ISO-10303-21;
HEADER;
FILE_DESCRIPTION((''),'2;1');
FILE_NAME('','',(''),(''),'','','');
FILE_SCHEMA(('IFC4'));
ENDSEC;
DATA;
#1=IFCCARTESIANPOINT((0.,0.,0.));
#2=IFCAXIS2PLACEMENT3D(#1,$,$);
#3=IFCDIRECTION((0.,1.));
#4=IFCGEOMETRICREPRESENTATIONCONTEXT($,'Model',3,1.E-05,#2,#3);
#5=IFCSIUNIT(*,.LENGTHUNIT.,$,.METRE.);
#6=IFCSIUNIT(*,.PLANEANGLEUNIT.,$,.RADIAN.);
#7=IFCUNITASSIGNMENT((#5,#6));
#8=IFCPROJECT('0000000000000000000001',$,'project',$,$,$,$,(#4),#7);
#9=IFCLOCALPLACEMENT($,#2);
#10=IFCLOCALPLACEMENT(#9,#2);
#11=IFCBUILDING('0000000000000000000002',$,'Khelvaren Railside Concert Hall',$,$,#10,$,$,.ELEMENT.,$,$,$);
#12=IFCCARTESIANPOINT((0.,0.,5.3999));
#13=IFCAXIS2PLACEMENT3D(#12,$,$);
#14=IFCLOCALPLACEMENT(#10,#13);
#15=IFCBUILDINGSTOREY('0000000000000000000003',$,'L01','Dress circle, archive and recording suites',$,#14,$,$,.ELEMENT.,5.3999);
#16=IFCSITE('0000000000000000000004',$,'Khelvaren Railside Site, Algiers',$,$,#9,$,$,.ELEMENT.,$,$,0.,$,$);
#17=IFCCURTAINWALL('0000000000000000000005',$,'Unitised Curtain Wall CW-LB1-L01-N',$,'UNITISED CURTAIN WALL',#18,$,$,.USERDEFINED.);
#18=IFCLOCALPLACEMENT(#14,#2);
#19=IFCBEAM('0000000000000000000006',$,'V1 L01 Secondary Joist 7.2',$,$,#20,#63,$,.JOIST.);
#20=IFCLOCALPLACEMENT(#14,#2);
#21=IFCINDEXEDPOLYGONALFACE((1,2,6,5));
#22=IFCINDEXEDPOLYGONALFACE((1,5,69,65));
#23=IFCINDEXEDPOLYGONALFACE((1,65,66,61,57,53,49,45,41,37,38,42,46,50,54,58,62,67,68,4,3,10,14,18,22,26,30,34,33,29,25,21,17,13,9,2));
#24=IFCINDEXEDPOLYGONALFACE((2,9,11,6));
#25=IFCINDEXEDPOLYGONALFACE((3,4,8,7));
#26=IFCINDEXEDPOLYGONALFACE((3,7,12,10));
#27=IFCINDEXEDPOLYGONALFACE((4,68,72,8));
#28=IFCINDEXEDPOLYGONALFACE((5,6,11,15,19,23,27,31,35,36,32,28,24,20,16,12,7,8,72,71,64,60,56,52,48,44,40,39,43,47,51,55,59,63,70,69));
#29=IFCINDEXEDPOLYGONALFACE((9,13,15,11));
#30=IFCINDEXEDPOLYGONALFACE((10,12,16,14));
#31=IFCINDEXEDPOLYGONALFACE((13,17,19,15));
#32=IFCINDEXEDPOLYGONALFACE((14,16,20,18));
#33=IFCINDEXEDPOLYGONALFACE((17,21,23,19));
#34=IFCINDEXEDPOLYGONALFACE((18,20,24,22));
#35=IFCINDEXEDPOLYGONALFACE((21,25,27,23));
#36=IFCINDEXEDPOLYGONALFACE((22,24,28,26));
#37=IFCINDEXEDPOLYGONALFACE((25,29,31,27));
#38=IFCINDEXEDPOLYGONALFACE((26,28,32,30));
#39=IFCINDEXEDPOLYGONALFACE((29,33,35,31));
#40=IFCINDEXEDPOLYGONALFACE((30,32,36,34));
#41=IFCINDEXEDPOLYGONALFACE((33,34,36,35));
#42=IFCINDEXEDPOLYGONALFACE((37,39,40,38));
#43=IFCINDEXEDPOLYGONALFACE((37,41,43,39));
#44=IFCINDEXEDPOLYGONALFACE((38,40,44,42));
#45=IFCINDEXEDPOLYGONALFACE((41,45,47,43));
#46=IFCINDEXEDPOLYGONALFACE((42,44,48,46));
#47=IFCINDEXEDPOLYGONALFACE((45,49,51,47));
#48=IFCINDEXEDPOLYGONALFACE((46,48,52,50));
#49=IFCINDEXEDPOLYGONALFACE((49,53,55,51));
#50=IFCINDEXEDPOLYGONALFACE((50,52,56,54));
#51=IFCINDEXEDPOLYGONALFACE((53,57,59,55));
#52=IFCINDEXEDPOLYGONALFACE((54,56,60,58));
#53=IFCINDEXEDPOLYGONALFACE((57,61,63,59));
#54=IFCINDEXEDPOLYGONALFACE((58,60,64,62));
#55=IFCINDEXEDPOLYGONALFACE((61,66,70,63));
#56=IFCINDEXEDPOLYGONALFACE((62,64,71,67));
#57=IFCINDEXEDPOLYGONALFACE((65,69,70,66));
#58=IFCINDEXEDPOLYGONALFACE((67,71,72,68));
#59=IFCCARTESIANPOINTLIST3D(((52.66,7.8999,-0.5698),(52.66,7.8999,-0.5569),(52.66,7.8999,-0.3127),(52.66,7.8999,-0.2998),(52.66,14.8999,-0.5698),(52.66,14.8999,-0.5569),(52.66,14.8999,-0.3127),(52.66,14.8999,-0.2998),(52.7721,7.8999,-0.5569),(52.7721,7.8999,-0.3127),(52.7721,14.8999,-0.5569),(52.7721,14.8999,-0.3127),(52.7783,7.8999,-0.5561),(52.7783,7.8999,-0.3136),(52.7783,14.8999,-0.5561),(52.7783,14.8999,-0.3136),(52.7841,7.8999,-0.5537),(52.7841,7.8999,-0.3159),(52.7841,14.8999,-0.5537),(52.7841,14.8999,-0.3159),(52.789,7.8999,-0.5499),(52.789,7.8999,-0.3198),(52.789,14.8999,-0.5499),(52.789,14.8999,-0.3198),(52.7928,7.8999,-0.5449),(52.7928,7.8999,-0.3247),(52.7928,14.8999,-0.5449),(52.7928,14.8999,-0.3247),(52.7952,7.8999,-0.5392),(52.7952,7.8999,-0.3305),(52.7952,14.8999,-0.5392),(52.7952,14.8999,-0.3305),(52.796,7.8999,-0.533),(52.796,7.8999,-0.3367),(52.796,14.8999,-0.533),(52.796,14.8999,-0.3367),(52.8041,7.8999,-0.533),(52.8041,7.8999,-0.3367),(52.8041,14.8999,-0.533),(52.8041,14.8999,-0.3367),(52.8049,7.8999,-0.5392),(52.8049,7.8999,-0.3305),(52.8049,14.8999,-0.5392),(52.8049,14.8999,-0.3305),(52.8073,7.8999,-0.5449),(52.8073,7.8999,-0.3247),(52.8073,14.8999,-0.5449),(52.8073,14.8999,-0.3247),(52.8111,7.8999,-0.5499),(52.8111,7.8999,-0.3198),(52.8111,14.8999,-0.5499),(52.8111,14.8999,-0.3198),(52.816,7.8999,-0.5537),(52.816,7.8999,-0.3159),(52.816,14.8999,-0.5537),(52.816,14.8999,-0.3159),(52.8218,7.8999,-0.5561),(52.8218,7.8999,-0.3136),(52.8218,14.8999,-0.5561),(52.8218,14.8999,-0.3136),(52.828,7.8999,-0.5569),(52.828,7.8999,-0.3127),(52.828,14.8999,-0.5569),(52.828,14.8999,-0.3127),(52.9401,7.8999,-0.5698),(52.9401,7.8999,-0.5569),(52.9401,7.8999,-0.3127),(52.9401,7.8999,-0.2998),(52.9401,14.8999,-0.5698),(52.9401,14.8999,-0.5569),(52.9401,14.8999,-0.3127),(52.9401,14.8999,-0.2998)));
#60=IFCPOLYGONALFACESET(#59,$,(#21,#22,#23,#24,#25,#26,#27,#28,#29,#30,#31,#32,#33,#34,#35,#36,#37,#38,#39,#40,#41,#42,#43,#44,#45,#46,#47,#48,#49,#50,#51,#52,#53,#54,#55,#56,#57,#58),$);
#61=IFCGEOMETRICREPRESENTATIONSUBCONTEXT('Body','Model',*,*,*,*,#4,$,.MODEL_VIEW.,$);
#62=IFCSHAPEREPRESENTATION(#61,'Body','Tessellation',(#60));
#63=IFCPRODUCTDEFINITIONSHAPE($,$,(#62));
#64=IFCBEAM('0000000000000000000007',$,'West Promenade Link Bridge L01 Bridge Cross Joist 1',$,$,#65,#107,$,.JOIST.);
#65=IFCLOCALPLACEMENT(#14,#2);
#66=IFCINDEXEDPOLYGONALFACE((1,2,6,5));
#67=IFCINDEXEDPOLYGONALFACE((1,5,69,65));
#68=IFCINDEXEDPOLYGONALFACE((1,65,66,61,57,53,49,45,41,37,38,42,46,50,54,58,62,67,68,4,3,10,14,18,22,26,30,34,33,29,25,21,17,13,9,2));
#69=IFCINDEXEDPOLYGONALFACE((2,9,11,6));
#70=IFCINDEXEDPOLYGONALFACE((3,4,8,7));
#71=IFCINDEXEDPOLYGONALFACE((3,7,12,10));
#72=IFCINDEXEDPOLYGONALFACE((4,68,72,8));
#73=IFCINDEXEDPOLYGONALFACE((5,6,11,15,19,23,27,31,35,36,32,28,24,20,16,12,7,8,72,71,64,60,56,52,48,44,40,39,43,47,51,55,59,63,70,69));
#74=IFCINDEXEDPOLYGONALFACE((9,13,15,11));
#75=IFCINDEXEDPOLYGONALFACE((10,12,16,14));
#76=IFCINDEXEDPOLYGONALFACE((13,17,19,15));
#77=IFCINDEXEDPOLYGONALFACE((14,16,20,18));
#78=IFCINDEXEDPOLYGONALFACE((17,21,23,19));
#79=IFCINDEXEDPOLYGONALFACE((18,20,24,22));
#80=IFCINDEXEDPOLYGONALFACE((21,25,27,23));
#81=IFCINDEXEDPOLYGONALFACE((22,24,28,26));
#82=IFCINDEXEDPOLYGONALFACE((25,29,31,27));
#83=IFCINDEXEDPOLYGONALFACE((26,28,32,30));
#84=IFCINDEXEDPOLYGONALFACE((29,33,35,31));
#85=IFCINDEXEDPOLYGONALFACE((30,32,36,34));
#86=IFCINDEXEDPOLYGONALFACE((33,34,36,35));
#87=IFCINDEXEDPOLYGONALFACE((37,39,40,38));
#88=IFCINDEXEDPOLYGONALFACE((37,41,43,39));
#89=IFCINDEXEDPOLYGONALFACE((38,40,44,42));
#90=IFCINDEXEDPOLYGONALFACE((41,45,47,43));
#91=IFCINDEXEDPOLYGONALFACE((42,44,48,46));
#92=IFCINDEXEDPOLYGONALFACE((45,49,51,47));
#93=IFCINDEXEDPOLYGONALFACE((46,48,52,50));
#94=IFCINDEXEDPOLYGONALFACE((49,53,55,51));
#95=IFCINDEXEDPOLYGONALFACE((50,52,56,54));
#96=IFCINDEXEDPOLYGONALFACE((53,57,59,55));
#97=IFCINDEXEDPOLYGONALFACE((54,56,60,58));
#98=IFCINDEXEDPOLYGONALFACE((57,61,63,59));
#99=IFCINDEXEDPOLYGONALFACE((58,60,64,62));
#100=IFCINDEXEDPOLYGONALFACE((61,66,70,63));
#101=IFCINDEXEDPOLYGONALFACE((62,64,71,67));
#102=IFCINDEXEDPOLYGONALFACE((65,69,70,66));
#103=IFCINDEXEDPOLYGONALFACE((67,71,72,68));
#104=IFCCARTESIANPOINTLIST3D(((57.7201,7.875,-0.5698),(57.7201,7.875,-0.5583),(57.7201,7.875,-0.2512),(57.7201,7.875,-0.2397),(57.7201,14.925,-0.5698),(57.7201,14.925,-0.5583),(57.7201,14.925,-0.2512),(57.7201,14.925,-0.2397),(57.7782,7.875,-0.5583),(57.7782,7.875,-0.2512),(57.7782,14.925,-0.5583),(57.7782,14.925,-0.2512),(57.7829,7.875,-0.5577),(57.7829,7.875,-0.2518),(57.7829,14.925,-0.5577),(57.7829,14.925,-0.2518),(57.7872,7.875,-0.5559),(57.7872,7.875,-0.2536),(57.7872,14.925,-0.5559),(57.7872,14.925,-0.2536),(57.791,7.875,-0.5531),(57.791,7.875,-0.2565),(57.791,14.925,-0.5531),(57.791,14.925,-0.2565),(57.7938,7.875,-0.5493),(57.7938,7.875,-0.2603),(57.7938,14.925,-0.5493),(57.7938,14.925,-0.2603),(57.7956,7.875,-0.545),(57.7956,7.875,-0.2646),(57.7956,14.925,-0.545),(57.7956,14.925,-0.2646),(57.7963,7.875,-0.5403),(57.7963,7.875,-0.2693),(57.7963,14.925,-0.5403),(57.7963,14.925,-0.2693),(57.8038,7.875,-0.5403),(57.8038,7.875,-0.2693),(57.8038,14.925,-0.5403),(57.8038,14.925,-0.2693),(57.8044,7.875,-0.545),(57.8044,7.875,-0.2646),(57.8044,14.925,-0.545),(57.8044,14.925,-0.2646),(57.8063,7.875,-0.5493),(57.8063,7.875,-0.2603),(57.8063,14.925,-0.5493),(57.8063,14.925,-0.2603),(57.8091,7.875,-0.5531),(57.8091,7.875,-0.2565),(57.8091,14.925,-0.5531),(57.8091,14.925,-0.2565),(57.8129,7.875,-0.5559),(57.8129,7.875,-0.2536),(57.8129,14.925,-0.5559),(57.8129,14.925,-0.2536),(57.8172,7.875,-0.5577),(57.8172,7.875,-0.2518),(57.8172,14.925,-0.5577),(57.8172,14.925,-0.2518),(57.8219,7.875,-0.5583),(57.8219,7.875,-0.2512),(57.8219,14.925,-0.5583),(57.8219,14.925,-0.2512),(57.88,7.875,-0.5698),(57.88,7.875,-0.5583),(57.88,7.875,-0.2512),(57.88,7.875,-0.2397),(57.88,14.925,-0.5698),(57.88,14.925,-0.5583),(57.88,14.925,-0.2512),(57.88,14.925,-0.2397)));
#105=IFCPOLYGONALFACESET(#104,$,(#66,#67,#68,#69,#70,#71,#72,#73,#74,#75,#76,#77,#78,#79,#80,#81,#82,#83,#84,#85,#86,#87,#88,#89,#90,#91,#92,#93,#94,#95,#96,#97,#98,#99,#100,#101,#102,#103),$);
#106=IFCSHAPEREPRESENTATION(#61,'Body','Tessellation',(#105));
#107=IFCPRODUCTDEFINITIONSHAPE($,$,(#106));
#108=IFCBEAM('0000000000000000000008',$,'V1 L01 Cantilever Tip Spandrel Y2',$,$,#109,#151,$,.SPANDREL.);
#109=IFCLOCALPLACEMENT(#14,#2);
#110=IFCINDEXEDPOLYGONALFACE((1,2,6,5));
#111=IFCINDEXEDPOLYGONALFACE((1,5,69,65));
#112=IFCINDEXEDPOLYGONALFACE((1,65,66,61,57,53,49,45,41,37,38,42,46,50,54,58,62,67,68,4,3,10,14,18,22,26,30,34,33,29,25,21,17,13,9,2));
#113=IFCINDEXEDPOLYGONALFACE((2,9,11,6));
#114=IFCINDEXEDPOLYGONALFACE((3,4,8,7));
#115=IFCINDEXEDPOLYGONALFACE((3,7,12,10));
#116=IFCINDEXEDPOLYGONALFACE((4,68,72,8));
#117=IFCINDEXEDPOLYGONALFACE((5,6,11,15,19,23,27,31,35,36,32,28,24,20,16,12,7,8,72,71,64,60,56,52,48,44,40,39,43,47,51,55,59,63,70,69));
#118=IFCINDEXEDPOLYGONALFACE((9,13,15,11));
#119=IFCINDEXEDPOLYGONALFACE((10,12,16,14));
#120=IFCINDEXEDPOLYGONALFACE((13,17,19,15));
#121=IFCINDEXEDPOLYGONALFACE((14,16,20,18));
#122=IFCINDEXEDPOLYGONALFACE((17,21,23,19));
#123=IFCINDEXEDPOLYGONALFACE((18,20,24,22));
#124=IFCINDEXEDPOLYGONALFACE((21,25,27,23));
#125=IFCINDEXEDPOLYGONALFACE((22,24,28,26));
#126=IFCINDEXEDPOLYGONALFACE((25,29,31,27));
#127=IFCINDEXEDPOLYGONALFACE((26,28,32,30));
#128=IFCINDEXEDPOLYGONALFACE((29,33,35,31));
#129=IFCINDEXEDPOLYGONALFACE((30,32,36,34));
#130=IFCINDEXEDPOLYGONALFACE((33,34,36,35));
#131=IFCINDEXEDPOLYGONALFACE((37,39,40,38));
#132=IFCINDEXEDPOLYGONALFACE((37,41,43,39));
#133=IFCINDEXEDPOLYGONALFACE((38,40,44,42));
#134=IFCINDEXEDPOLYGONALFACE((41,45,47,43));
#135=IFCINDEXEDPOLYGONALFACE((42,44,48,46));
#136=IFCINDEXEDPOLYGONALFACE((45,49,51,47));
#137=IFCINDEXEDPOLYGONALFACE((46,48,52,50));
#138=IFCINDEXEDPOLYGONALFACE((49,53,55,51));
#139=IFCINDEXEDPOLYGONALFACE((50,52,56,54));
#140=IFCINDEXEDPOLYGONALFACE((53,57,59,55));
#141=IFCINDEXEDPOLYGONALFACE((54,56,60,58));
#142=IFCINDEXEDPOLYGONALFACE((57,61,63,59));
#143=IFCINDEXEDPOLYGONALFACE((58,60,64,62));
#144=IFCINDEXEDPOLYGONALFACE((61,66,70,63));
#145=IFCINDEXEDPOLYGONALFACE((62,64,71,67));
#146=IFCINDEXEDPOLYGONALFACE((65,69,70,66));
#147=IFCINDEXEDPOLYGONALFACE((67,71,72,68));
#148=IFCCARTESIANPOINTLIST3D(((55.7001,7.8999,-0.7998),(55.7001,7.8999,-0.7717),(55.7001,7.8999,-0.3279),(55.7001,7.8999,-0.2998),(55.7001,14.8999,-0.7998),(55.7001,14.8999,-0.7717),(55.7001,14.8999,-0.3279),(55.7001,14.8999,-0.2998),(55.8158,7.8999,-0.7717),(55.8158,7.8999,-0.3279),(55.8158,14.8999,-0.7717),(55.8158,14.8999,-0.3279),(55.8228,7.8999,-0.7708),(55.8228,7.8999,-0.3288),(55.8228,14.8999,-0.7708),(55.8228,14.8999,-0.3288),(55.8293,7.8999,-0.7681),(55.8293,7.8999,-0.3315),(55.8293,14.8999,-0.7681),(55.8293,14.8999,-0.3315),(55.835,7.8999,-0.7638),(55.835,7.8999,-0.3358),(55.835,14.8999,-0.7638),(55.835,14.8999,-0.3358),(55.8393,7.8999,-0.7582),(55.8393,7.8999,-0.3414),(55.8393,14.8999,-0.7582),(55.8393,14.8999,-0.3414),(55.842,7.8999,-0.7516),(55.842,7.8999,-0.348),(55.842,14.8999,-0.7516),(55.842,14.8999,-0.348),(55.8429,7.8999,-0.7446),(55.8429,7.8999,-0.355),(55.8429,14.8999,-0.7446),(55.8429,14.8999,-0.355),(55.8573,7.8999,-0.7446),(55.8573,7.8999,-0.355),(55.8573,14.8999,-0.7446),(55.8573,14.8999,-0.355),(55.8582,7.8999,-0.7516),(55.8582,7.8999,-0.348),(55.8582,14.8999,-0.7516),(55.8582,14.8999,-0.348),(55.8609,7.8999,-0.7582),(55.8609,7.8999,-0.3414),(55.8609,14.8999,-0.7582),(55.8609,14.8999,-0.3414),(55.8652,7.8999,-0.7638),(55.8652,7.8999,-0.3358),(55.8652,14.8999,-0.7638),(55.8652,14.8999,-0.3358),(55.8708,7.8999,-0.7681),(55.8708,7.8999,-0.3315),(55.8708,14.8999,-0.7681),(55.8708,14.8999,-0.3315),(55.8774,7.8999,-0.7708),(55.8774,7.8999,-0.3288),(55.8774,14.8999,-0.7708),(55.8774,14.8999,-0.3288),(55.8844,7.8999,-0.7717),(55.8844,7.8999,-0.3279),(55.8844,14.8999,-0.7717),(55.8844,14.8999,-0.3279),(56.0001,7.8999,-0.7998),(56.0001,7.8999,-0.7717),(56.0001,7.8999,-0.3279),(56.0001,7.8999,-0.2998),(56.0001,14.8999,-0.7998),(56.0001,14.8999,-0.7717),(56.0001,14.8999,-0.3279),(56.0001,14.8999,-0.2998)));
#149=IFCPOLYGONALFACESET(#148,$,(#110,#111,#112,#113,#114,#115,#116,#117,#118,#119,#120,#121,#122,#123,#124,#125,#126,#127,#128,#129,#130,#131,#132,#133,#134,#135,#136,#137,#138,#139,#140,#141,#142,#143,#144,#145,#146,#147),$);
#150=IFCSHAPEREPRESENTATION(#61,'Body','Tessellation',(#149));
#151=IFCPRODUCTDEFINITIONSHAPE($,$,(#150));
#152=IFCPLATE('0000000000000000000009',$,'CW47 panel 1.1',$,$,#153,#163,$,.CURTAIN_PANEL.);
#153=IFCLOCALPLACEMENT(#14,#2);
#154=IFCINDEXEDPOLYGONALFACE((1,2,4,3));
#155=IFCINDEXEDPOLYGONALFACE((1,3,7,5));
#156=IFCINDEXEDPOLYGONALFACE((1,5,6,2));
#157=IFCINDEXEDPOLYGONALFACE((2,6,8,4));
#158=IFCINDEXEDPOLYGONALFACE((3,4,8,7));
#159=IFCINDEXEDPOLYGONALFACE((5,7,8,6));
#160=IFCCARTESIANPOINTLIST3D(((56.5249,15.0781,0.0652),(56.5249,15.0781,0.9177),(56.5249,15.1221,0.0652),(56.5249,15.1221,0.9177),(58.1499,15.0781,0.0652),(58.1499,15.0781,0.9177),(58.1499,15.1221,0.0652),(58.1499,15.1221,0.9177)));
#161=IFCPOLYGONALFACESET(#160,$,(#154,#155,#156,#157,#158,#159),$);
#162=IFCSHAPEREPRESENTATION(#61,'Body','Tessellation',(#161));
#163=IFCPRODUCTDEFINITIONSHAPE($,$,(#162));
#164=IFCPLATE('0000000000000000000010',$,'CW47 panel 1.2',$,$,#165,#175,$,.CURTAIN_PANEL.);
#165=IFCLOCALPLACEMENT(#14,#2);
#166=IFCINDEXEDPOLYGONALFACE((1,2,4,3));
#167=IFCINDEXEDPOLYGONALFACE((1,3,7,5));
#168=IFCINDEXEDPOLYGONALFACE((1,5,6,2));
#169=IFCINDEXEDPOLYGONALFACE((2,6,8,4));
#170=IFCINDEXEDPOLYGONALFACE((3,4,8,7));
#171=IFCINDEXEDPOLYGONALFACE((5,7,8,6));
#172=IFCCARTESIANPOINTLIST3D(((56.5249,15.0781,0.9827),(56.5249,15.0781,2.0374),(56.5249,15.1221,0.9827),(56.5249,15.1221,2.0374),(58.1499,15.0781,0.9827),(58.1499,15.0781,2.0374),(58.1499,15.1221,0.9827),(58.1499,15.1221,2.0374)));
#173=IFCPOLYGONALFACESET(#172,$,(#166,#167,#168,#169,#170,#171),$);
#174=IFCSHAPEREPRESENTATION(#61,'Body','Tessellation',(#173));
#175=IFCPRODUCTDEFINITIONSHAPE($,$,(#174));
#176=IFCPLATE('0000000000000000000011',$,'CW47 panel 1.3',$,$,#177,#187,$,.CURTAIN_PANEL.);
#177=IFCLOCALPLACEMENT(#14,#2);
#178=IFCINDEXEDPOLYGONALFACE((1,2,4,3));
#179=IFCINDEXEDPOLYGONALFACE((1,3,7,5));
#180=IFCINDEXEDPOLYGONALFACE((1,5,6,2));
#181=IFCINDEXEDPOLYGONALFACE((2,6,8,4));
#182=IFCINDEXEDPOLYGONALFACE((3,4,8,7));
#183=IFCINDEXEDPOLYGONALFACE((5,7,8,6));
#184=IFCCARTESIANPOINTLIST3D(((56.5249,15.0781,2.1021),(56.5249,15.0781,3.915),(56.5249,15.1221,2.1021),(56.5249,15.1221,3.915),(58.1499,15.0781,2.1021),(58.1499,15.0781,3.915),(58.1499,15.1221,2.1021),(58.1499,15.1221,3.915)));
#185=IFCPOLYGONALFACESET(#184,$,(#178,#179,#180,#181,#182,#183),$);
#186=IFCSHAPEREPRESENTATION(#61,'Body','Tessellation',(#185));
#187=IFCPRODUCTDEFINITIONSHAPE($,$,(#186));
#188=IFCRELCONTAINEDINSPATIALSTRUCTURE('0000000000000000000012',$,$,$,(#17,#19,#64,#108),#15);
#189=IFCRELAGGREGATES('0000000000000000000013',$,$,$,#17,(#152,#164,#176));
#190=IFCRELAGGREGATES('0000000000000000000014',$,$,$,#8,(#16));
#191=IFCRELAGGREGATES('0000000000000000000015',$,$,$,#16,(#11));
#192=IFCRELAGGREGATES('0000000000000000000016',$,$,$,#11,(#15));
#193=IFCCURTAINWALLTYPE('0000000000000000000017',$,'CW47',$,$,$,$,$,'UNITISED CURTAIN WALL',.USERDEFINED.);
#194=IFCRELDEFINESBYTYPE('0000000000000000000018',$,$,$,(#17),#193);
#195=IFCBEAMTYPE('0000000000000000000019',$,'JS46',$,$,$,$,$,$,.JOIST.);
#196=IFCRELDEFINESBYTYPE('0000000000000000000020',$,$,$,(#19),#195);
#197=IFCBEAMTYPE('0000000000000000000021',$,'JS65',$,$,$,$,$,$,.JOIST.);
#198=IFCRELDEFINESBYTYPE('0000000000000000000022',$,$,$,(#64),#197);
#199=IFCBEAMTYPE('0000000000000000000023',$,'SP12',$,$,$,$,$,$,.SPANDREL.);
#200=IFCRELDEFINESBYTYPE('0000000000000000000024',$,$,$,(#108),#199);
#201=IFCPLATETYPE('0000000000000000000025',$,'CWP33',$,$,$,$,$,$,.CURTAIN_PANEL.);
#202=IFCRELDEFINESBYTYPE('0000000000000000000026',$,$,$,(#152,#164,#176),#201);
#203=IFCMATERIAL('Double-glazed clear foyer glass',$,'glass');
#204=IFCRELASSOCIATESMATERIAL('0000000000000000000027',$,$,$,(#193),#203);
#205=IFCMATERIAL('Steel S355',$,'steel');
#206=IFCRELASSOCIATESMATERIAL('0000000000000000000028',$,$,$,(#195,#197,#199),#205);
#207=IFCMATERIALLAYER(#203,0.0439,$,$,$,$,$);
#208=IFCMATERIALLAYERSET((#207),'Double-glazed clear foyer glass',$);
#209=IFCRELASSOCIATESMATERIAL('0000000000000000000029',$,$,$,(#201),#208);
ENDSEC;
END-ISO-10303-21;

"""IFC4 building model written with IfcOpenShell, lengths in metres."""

from ifc_helpers import new_model, si_unit, direction, frame, origin, origin_2d, place, context, subcontext, project, spatial, rectangle, i_section, extrude, material, layer, layer_set, material_profile, profile_set, type_object, element, aggregate, save


model = new_model("IFC4")

# Units and contexts
model_context = context("Model", 3, precision=1e-05, world=origin(), true_north=direction((0.0, 1.0)))
body_context = subcontext(model_context, "Body", "Model", "MODEL_VIEW")
ifc_project = project(units=[si_unit("LENGTHUNIT", "METRE"), si_unit("PLANEANGLEUNIT", "RADIAN")], contexts=[model_context])

# Site, building, storey
site_placement = place(None, origin())
site = spatial("IfcSite", under=ifc_project, at=site_placement, Name="Khelvaren Railside Site, Algiers", CompositionType="ELEMENT", RefElevation=0.0)
building_placement = place(site_placement, origin())
building = spatial("IfcBuilding", under=site, at=building_placement, Name="Khelvaren Railside Concert Hall", CompositionType="ELEMENT")
storey_placement = place(building_placement, frame((0.0, 0.0, 5.3999)))
storey = spatial("IfcBuildingStorey", under=building, at=storey_placement, Name="L01", Description="Dress circle, archive and recording suites", CompositionType="ELEMENT", Elevation=5.3999)

# Shared definitions
ifc_material_1 = material(Name="Steel S355", Category="steel")

# Curtain wall
ifc_material_2 = material(Name="Double-glazed clear foyer glass", Category="glass")
curtain_wall_type = type_object("IfcCurtainWallType", Name="CW47", ElementType="UNITISED CURTAIN WALL", PredefinedType="USERDEFINED", material=ifc_material_2)
curtain_wall_placement = place(storey_placement, origin())
curtain_wall = element("IfcCurtainWall", 1, at=curtain_wall_placement, inside=storey, type_object=curtain_wall_type, Name="Unitised Curtain Wall CW-LB1-L01-N", ObjectType="UNITISED CURTAIN WALL", PredefinedType="USERDEFINED")

# Beams
ifc_material_profile_1 = material_profile(ifc_material_1, i_section(OverallWidth=0.28, OverallDepth=0.27, WebThickness=0.0081, FlangeThickness=0.0129, FilletRadius=0.0239, at=origin_2d()), Name="HEA 280")
ifc_profile_set_1 = profile_set([ifc_material_profile_1], Name="Steel S355")
beam_type_1 = type_object("IfcBeamType", Name="JS46", PredefinedType="JOIST", material=ifc_profile_set_1)
beam_1_placement = place(storey_placement, frame((52.8, 7.8999, -0.4348), z_axis=(0.0, 1.0, 0.0), x_axis=(-1.0, 0.0, 0.0)))
element("IfcBeam", 2, at=beam_1_placement, inside=storey, type_object=beam_type_1, Name="V1 L01 Secondary Joist 7.2", PredefinedType="JOIST", context=body_context, shape_type="SweptSolid", body=[
    extrude(i_section(OverallWidth=0.28, OverallDepth=0.27, WebThickness=0.0081, FlangeThickness=0.0129, FilletRadius=0.0239, at=origin_2d()), origin(), (0.0, 0.0, 1.0), 7.0),
])
ifc_material_profile_2 = material_profile(ifc_material_1, i_section(OverallWidth=0.1599, OverallDepth=0.3301, WebThickness=0.0076, FlangeThickness=0.0115, FilletRadius=0.0181, at=origin_2d()), Name="IPE 330")
ifc_profile_set_2 = profile_set([ifc_material_profile_2], Name="Steel S355")
beam_type_2 = type_object("IfcBeamType", Name="JS65", PredefinedType="JOIST", material=ifc_profile_set_2)
beam_2_placement = place(storey_placement, frame((57.8, 7.875, -0.4048), z_axis=(0.0, 1.0, 0.0), x_axis=(-1.0, 0.0, 0.0)))
element("IfcBeam", 3, at=beam_2_placement, inside=storey, type_object=beam_type_2, Name="West Promenade Link Bridge L01 Bridge Cross Joist 1", PredefinedType="JOIST", context=body_context, shape_type="SweptSolid", body=[
    extrude(i_section(OverallWidth=0.1599, OverallDepth=0.3301, WebThickness=0.0076, FlangeThickness=0.0115, FilletRadius=0.0181, at=origin_2d()), origin(), (0.0, 0.0, 1.0), 7.05),
])
ifc_material_profile_3 = material_profile(ifc_material_1, i_section(OverallWidth=0.3, OverallDepth=0.5, WebThickness=0.0144, FlangeThickness=0.0281, FilletRadius=0.0271, at=origin_2d()), Name="HEB 500")
ifc_profile_set_3 = profile_set([ifc_material_profile_3], Name="Steel S355")
beam_type_3 = type_object("IfcBeamType", Name="SP12", PredefinedType="SPANDREL", material=ifc_profile_set_3)
beam_3_placement = place(storey_placement, frame((55.8501, 7.8999, -0.5498), z_axis=(0.0, 1.0, 0.0), x_axis=(-1.0, 0.0, 0.0)))
element("IfcBeam", 4, at=beam_3_placement, inside=storey, type_object=beam_type_3, Name="V1 L01 Cantilever Tip Spandrel Y2", PredefinedType="SPANDREL", context=body_context, shape_type="SweptSolid", body=[
    extrude(i_section(OverallWidth=0.3, OverallDepth=0.5, WebThickness=0.0144, FlangeThickness=0.0281, FilletRadius=0.0271, at=origin_2d()), origin(), (0.0, 0.0, 1.0), 7.0),
])

# Plates
ifc_layer_1 = layer(ifc_material_2, 0.0439)
ifc_layer_set_1 = layer_set([ifc_layer_1], Name="Double-glazed clear foyer glass")
plate_type_1 = type_object("IfcPlateType", Name="CWP33", PredefinedType="CURTAIN_PANEL", material=ifc_layer_set_1)
plate_1_placement = place(storey_placement, frame((57.3374, 15.1001, 0.0652), z_axis=(0.0, 0.0, 1.0), x_axis=(1.0, 0.0, 0.0)))
plate_1 = element("IfcPlate", 5, at=plate_1_placement, type_object=plate_type_1, Name="CW47 panel 1.1", PredefinedType="CURTAIN_PANEL", context=body_context, shape_type="SweptSolid", body=[
    extrude(rectangle(XDim=1.625, YDim=0.0439, at=origin_2d()), origin(), (0.0, 0.0, 1.0), 0.8525),
])
plate_2_placement = place(storey_placement, frame((57.3374, 15.1001, 0.9827), z_axis=(0.0, 0.0, 1.0), x_axis=(1.0, 0.0, 0.0)))
plate_2 = element("IfcPlate", 6, at=plate_2_placement, type_object=plate_type_1, Name="CW47 panel 1.2", PredefinedType="CURTAIN_PANEL", context=body_context, shape_type="SweptSolid", body=[
    extrude(rectangle(XDim=1.625, YDim=0.0439, at=origin_2d()), origin(), (0.0, 0.0, 1.0), 1.0547),
])
plate_3_placement = place(storey_placement, frame((57.3374, 15.1001, 2.1021), z_axis=(0.0, 0.0, 1.0), x_axis=(1.0, 0.0, 0.0)))
plate_3 = element("IfcPlate", 7, at=plate_3_placement, type_object=plate_type_1, Name="CW47 panel 1.3", PredefinedType="CURTAIN_PANEL", context=body_context, shape_type="SweptSolid", body=[
    extrude(rectangle(XDim=1.625, YDim=0.0439, at=origin_2d()), origin(), (0.0, 0.0, 1.0), 1.813),
])
aggregate(curtain_wall, [plate_1, plate_2, plate_3])

save(model, "model.ifc")
